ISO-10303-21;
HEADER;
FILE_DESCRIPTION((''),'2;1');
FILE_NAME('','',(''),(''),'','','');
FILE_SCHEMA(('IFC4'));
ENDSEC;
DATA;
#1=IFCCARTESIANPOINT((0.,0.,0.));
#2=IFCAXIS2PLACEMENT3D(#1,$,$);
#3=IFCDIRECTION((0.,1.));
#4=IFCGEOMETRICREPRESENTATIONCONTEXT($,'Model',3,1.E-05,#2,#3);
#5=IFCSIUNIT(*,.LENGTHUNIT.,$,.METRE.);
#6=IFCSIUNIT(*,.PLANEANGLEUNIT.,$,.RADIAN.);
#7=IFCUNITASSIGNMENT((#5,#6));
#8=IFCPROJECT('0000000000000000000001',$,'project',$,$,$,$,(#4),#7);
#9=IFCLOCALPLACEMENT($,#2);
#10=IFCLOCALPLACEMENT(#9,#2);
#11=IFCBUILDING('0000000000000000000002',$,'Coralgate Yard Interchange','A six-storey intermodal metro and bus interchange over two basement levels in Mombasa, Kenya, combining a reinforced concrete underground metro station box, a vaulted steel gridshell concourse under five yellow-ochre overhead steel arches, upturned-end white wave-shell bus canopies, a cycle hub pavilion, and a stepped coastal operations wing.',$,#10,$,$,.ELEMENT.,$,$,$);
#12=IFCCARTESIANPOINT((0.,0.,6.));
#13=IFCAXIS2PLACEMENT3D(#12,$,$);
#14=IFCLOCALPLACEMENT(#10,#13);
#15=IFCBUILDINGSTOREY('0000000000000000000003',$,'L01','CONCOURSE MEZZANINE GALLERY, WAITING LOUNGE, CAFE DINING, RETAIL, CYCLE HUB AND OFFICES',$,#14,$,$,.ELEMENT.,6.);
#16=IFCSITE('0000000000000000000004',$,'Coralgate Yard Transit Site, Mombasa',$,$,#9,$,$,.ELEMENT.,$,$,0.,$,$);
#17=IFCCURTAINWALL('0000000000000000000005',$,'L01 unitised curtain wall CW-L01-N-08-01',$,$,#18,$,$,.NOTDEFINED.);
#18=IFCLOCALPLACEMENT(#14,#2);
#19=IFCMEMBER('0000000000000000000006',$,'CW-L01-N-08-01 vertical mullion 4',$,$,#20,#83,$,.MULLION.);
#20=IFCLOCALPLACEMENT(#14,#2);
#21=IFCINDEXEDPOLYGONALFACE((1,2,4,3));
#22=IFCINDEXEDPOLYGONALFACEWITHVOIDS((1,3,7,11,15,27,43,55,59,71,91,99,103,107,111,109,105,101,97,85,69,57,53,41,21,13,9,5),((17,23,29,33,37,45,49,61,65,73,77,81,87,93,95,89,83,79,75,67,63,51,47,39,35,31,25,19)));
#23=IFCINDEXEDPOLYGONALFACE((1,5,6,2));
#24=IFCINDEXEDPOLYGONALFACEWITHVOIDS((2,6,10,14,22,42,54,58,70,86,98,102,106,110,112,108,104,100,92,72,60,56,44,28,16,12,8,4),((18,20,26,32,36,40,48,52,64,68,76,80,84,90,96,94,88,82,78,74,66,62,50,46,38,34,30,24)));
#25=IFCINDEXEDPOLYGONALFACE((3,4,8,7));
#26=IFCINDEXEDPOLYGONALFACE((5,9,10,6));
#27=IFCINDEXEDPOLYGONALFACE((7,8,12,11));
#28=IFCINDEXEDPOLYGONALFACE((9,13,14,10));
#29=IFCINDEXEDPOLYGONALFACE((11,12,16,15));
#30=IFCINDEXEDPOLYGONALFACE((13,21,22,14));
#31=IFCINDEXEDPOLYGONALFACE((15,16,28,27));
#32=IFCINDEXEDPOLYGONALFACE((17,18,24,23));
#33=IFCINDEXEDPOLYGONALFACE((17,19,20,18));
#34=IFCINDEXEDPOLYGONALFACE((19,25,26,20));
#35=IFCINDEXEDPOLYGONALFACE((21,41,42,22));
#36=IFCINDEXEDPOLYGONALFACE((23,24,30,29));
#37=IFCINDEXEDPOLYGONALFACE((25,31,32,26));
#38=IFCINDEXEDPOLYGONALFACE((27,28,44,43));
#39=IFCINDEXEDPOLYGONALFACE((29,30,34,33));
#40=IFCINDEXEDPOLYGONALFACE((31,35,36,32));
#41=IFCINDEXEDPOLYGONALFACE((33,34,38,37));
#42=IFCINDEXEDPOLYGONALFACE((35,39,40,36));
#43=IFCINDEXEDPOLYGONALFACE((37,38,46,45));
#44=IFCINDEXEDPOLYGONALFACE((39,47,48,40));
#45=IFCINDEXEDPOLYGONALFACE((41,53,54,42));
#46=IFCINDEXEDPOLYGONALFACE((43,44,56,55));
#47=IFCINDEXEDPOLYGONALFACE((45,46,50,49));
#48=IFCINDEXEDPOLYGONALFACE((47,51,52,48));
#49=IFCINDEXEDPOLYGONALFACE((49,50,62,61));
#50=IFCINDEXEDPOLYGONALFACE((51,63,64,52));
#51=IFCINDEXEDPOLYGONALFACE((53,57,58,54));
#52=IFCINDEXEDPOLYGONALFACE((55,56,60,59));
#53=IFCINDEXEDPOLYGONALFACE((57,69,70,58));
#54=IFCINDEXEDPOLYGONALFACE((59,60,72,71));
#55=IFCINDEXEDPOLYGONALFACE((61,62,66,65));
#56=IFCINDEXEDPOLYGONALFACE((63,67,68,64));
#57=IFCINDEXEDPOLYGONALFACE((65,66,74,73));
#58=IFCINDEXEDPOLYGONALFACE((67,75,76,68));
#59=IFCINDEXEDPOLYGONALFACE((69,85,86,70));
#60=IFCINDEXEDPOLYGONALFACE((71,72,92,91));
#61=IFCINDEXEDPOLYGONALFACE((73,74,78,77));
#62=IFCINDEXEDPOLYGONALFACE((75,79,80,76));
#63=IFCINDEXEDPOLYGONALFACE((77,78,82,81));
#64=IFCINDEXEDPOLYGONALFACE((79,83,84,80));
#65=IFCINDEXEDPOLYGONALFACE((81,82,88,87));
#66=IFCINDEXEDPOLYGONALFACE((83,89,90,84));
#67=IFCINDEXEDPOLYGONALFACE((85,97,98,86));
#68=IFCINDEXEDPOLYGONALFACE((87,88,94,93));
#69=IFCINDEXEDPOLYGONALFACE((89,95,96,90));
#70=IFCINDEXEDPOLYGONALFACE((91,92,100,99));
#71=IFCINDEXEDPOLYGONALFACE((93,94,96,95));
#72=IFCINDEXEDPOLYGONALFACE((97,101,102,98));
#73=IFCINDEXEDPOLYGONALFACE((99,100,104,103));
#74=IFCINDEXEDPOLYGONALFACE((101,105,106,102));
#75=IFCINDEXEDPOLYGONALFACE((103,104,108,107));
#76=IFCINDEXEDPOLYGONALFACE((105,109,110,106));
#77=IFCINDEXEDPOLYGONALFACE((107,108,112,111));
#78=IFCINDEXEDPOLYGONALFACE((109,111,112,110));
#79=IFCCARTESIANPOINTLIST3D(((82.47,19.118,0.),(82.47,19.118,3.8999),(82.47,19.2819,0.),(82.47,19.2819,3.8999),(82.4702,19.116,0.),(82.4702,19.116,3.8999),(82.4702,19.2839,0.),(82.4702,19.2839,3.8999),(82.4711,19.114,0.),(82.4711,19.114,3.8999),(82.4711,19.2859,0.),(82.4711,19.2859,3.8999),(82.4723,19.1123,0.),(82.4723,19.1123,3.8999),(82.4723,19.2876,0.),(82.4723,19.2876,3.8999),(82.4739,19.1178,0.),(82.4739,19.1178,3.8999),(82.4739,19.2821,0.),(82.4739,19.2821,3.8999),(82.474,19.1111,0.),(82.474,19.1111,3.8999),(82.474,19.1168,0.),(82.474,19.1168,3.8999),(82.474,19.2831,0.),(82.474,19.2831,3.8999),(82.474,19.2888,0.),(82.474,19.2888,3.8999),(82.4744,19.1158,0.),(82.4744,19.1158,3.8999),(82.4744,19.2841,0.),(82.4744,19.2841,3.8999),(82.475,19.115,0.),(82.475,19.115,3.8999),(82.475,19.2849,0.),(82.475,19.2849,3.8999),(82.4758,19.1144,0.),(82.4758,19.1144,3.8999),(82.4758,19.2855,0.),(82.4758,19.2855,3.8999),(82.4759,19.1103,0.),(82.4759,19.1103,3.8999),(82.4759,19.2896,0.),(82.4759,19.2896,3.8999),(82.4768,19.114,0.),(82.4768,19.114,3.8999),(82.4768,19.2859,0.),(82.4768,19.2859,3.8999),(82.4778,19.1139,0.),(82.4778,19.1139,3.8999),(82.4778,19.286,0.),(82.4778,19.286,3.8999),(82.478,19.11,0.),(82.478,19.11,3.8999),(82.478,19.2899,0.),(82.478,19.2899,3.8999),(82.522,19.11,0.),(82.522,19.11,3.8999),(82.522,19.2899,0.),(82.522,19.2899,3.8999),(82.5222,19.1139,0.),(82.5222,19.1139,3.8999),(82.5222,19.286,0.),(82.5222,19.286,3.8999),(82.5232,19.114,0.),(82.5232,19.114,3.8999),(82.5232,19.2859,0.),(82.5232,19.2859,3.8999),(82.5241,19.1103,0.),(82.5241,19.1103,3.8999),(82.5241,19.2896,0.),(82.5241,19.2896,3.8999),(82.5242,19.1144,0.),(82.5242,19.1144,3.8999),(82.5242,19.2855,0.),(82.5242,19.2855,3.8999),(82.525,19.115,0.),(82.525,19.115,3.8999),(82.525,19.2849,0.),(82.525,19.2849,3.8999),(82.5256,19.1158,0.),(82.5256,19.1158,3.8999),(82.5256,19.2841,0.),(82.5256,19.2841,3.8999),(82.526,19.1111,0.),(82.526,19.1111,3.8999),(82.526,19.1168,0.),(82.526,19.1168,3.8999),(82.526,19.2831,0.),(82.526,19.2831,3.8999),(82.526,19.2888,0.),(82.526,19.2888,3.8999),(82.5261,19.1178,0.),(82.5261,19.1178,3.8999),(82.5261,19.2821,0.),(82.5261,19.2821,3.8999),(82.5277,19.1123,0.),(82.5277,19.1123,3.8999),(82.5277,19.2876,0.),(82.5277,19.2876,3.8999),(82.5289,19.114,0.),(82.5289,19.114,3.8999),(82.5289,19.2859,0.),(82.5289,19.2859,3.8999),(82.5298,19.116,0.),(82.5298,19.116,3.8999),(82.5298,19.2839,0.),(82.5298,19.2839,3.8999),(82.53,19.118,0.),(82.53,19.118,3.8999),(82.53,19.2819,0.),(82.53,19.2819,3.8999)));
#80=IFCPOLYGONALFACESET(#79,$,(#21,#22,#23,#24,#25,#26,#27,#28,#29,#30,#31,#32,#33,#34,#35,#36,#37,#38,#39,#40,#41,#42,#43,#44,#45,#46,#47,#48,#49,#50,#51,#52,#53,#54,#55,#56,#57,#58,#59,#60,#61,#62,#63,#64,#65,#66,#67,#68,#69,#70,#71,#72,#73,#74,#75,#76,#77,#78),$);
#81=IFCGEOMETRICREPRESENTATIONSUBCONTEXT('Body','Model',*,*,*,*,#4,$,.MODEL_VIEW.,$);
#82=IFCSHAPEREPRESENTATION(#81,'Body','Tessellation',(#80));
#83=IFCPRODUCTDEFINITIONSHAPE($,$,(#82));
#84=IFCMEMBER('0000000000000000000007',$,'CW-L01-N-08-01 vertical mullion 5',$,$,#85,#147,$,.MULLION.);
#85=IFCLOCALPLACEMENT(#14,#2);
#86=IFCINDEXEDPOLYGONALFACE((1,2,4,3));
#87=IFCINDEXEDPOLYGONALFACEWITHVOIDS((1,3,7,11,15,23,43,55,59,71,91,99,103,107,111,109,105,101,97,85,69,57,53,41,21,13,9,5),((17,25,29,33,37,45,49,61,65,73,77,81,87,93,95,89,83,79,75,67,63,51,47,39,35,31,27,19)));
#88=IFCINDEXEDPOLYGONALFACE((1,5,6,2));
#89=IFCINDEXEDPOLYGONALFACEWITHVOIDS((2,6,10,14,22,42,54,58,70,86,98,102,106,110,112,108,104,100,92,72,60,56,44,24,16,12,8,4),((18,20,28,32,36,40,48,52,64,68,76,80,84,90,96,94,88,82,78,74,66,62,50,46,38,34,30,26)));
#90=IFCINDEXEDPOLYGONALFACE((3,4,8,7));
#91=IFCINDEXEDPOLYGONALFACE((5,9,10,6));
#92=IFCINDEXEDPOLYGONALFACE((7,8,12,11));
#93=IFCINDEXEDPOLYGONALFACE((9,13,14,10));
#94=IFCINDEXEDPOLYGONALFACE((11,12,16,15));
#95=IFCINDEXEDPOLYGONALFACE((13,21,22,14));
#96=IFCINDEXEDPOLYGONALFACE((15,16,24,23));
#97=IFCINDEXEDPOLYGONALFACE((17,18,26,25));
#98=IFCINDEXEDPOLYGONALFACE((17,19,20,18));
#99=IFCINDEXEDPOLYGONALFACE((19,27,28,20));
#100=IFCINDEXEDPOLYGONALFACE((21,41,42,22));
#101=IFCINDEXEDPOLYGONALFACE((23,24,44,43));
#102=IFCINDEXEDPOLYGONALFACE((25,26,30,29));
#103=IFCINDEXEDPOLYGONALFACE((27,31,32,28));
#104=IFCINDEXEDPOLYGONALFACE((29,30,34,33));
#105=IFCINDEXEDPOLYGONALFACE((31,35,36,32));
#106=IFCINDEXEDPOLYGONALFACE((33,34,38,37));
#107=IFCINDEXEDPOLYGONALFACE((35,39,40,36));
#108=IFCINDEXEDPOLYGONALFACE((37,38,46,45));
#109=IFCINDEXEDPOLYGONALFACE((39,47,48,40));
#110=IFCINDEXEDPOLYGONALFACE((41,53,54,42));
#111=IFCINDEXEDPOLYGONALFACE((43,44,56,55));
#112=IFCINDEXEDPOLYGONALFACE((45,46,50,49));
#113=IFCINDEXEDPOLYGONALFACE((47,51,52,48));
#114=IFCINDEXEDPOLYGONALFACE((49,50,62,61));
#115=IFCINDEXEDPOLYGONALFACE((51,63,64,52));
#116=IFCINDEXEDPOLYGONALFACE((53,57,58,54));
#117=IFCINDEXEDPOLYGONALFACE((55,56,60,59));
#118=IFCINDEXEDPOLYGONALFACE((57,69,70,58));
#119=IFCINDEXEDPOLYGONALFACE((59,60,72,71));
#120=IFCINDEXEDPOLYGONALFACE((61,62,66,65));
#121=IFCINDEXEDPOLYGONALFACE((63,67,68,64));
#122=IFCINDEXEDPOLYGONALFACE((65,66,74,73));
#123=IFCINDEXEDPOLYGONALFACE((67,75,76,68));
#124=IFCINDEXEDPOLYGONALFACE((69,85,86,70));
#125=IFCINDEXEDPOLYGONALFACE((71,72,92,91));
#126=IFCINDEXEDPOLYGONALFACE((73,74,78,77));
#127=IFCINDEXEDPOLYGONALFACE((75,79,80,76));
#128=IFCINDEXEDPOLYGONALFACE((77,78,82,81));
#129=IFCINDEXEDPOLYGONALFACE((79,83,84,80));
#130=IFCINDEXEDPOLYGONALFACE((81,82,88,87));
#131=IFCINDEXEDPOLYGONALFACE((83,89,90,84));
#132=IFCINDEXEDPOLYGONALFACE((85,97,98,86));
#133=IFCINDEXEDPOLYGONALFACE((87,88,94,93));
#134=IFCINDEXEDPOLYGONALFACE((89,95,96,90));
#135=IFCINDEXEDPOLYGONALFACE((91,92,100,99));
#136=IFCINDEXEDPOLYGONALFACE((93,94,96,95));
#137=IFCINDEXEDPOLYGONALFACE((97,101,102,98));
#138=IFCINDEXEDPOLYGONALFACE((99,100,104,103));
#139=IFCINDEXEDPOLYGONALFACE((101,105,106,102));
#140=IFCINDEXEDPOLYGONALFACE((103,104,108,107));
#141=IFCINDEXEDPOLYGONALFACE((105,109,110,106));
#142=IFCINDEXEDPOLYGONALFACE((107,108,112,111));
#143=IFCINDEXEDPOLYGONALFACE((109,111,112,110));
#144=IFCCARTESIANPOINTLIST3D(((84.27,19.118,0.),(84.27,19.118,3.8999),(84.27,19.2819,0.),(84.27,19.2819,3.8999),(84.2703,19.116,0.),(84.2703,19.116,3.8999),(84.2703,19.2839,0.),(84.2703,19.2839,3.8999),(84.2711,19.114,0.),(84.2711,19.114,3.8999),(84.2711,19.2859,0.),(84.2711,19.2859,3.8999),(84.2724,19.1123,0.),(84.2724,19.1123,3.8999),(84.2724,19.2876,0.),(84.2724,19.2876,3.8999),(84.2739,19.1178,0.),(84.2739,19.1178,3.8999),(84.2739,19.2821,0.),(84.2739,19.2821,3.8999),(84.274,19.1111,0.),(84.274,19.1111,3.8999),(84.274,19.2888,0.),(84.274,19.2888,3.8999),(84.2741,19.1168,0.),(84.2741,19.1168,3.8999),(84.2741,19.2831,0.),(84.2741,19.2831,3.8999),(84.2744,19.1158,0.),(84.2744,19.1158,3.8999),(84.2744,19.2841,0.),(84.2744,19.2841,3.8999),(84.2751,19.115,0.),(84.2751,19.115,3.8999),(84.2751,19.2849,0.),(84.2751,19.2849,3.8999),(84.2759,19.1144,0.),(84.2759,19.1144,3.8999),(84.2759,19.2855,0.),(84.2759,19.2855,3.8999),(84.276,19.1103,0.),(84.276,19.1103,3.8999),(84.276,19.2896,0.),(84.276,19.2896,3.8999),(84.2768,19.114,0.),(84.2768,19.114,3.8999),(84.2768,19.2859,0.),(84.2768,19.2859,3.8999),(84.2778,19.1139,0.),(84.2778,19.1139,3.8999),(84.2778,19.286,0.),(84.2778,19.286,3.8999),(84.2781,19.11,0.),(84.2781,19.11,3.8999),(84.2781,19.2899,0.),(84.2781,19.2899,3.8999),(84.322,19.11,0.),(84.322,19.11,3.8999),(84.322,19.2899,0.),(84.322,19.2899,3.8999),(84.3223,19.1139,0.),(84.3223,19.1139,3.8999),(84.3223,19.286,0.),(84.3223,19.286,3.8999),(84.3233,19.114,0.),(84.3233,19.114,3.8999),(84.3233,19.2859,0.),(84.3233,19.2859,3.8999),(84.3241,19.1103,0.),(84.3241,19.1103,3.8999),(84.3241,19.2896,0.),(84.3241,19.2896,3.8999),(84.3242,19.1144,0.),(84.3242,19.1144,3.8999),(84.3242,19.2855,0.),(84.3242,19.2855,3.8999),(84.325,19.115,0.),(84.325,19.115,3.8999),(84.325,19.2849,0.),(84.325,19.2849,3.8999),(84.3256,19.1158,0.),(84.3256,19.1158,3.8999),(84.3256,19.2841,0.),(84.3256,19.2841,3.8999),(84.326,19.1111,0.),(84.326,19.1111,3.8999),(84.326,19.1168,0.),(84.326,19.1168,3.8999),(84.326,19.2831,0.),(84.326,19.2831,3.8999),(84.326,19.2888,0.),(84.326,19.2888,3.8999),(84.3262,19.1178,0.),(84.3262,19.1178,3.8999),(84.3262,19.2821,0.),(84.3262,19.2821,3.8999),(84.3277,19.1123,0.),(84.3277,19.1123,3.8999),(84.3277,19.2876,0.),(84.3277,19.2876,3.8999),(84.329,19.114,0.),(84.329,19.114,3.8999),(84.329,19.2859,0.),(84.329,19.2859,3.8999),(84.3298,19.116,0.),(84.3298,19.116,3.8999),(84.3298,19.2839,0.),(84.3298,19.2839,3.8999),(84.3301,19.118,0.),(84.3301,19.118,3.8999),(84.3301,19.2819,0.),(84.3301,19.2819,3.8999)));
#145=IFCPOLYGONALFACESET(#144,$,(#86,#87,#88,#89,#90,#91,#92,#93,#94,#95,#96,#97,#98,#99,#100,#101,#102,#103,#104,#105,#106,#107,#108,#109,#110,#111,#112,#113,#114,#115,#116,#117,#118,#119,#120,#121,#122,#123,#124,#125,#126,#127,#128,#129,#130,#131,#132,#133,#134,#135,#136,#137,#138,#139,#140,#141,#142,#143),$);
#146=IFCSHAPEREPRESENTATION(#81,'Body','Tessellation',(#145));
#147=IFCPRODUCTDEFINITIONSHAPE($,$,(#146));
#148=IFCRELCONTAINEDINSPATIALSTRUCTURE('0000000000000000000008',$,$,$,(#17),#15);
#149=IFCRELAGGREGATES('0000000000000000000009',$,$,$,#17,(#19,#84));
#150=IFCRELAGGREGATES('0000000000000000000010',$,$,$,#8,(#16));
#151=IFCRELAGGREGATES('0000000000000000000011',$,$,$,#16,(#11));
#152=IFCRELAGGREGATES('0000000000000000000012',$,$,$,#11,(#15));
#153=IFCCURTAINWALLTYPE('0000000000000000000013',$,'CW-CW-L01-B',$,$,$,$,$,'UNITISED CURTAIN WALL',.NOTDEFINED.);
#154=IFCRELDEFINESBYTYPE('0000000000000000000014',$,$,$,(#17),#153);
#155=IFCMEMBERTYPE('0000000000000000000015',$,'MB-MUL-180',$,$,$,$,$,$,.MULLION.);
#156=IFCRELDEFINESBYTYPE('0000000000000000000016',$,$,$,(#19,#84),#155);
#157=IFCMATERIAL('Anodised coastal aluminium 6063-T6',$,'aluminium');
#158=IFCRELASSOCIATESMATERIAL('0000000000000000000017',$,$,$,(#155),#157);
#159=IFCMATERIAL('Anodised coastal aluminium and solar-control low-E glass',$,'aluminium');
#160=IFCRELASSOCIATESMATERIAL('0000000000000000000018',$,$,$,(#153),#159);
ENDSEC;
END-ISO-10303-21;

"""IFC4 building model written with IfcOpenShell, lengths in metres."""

from ifc_helpers import new_model, si_unit, direction, frame, origin, origin_2d, place, context, subcontext, project, spatial, hollow_rectangle, extrude, material, material_profile, profile_set, type_object, element, aggregate, save


model = new_model("IFC4")

# Units and contexts
model_context = context("Model", 3, precision=1e-05, world=origin(), true_north=direction((0.0, 1.0)))
body_context = subcontext(model_context, "Body", "Model", "MODEL_VIEW")
ifc_project = project(units=[si_unit("LENGTHUNIT", "METRE"), si_unit("PLANEANGLEUNIT", "RADIAN")], contexts=[model_context])

# Site, building, storey
site_placement = place(None, origin())
site = spatial("IfcSite", under=ifc_project, at=site_placement, Name="Coralgate Yard Transit Site, Mombasa", CompositionType="ELEMENT", RefElevation=0.0)
building_placement = place(site_placement, origin())
building = spatial("IfcBuilding", under=site, at=building_placement, Name="Coralgate Yard Interchange", Description="A six-storey intermodal metro and bus interchange over two basement levels in Mombasa, Kenya, combining a reinforced concrete underground metro station box, a vaulted steel gridshell concourse under five yellow-ochre overhead steel arches, upturned-end white wave-shell bus canopies, a cycle hub pavilion, and a stepped coastal operations wing.", CompositionType="ELEMENT")
storey_placement = place(building_placement, frame((0.0, 0.0, 6.0)))
storey = spatial("IfcBuildingStorey", under=building, at=storey_placement, Name="L01", Description="CONCOURSE MEZZANINE GALLERY, WAITING LOUNGE, CAFE DINING, RETAIL, CYCLE HUB AND OFFICES", CompositionType="ELEMENT", Elevation=6.0)

# Shared definitions
ifc_material_1 = material(Name="Anodised coastal aluminium and solar-control low-E glass", Category="aluminium")
ifc_material_2 = material(Name="Anodised coastal aluminium 6063-T6", Category="aluminium")
ifc_material_profile_1 = material_profile(ifc_material_2, hollow_rectangle(XDim=0.0601, YDim=0.1799, WallThickness=0.0039, InnerFilletRadius=0.0039, OuterFilletRadius=0.0081, at=origin_2d()), Name="ALU 60x180x4")
ifc_profile_set_1 = profile_set([ifc_material_profile_1], Name="Anodised coastal aluminium 6063-T6")
member_type_1 = type_object("IfcMemberType", Name="MB-MUL-180", PredefinedType="MULLION", material=ifc_profile_set_1)

# Curtain wall, members
curtain_wall_type_1 = type_object("IfcCurtainWallType", Name="CW-CW-L01-B", ElementType="UNITISED CURTAIN WALL", PredefinedType="NOTDEFINED", material=ifc_material_1)
curtain_wall_1_placement = place(storey_placement, origin())
curtain_wall_1 = element("IfcCurtainWall", 1, at=curtain_wall_1_placement, inside=storey, type_object=curtain_wall_type_1, Name="L01 unitised curtain wall CW-L01-N-08-01", PredefinedType="NOTDEFINED")
member_1_placement = place(storey_placement, frame((82.5, 19.2, 0.0), z_axis=(0.0, 0.0, 1.0), x_axis=(1.0, 0.0, 0.0)))
member_1 = element("IfcMember", 2, at=member_1_placement, type_object=member_type_1, Name="CW-L01-N-08-01 vertical mullion 4", PredefinedType="MULLION", context=body_context, shape_type="SweptSolid", body=[
    extrude(hollow_rectangle(XDim=0.0601, YDim=0.1799, WallThickness=0.0039, InnerFilletRadius=0.0039, OuterFilletRadius=0.0081, at=origin_2d()), origin(), (0.0, 0.0, 1.0), 3.8999),
])
member_2_placement = place(storey_placement, frame((84.3, 19.2, 0.0), z_axis=(0.0, 0.0, 1.0), x_axis=(1.0, 0.0, 0.0)))
member_2 = element("IfcMember", 3, at=member_2_placement, type_object=member_type_1, Name="CW-L01-N-08-01 vertical mullion 5", PredefinedType="MULLION", context=body_context, shape_type="SweptSolid", body=[
    extrude(hollow_rectangle(XDim=0.0601, YDim=0.1799, WallThickness=0.0039, InnerFilletRadius=0.0039, OuterFilletRadius=0.0081, at=origin_2d()), origin(), (0.0, 0.0, 1.0), 3.8999),
])

aggregate(curtain_wall_1, [member_1, member_2])

save(model, "model.ifc")
